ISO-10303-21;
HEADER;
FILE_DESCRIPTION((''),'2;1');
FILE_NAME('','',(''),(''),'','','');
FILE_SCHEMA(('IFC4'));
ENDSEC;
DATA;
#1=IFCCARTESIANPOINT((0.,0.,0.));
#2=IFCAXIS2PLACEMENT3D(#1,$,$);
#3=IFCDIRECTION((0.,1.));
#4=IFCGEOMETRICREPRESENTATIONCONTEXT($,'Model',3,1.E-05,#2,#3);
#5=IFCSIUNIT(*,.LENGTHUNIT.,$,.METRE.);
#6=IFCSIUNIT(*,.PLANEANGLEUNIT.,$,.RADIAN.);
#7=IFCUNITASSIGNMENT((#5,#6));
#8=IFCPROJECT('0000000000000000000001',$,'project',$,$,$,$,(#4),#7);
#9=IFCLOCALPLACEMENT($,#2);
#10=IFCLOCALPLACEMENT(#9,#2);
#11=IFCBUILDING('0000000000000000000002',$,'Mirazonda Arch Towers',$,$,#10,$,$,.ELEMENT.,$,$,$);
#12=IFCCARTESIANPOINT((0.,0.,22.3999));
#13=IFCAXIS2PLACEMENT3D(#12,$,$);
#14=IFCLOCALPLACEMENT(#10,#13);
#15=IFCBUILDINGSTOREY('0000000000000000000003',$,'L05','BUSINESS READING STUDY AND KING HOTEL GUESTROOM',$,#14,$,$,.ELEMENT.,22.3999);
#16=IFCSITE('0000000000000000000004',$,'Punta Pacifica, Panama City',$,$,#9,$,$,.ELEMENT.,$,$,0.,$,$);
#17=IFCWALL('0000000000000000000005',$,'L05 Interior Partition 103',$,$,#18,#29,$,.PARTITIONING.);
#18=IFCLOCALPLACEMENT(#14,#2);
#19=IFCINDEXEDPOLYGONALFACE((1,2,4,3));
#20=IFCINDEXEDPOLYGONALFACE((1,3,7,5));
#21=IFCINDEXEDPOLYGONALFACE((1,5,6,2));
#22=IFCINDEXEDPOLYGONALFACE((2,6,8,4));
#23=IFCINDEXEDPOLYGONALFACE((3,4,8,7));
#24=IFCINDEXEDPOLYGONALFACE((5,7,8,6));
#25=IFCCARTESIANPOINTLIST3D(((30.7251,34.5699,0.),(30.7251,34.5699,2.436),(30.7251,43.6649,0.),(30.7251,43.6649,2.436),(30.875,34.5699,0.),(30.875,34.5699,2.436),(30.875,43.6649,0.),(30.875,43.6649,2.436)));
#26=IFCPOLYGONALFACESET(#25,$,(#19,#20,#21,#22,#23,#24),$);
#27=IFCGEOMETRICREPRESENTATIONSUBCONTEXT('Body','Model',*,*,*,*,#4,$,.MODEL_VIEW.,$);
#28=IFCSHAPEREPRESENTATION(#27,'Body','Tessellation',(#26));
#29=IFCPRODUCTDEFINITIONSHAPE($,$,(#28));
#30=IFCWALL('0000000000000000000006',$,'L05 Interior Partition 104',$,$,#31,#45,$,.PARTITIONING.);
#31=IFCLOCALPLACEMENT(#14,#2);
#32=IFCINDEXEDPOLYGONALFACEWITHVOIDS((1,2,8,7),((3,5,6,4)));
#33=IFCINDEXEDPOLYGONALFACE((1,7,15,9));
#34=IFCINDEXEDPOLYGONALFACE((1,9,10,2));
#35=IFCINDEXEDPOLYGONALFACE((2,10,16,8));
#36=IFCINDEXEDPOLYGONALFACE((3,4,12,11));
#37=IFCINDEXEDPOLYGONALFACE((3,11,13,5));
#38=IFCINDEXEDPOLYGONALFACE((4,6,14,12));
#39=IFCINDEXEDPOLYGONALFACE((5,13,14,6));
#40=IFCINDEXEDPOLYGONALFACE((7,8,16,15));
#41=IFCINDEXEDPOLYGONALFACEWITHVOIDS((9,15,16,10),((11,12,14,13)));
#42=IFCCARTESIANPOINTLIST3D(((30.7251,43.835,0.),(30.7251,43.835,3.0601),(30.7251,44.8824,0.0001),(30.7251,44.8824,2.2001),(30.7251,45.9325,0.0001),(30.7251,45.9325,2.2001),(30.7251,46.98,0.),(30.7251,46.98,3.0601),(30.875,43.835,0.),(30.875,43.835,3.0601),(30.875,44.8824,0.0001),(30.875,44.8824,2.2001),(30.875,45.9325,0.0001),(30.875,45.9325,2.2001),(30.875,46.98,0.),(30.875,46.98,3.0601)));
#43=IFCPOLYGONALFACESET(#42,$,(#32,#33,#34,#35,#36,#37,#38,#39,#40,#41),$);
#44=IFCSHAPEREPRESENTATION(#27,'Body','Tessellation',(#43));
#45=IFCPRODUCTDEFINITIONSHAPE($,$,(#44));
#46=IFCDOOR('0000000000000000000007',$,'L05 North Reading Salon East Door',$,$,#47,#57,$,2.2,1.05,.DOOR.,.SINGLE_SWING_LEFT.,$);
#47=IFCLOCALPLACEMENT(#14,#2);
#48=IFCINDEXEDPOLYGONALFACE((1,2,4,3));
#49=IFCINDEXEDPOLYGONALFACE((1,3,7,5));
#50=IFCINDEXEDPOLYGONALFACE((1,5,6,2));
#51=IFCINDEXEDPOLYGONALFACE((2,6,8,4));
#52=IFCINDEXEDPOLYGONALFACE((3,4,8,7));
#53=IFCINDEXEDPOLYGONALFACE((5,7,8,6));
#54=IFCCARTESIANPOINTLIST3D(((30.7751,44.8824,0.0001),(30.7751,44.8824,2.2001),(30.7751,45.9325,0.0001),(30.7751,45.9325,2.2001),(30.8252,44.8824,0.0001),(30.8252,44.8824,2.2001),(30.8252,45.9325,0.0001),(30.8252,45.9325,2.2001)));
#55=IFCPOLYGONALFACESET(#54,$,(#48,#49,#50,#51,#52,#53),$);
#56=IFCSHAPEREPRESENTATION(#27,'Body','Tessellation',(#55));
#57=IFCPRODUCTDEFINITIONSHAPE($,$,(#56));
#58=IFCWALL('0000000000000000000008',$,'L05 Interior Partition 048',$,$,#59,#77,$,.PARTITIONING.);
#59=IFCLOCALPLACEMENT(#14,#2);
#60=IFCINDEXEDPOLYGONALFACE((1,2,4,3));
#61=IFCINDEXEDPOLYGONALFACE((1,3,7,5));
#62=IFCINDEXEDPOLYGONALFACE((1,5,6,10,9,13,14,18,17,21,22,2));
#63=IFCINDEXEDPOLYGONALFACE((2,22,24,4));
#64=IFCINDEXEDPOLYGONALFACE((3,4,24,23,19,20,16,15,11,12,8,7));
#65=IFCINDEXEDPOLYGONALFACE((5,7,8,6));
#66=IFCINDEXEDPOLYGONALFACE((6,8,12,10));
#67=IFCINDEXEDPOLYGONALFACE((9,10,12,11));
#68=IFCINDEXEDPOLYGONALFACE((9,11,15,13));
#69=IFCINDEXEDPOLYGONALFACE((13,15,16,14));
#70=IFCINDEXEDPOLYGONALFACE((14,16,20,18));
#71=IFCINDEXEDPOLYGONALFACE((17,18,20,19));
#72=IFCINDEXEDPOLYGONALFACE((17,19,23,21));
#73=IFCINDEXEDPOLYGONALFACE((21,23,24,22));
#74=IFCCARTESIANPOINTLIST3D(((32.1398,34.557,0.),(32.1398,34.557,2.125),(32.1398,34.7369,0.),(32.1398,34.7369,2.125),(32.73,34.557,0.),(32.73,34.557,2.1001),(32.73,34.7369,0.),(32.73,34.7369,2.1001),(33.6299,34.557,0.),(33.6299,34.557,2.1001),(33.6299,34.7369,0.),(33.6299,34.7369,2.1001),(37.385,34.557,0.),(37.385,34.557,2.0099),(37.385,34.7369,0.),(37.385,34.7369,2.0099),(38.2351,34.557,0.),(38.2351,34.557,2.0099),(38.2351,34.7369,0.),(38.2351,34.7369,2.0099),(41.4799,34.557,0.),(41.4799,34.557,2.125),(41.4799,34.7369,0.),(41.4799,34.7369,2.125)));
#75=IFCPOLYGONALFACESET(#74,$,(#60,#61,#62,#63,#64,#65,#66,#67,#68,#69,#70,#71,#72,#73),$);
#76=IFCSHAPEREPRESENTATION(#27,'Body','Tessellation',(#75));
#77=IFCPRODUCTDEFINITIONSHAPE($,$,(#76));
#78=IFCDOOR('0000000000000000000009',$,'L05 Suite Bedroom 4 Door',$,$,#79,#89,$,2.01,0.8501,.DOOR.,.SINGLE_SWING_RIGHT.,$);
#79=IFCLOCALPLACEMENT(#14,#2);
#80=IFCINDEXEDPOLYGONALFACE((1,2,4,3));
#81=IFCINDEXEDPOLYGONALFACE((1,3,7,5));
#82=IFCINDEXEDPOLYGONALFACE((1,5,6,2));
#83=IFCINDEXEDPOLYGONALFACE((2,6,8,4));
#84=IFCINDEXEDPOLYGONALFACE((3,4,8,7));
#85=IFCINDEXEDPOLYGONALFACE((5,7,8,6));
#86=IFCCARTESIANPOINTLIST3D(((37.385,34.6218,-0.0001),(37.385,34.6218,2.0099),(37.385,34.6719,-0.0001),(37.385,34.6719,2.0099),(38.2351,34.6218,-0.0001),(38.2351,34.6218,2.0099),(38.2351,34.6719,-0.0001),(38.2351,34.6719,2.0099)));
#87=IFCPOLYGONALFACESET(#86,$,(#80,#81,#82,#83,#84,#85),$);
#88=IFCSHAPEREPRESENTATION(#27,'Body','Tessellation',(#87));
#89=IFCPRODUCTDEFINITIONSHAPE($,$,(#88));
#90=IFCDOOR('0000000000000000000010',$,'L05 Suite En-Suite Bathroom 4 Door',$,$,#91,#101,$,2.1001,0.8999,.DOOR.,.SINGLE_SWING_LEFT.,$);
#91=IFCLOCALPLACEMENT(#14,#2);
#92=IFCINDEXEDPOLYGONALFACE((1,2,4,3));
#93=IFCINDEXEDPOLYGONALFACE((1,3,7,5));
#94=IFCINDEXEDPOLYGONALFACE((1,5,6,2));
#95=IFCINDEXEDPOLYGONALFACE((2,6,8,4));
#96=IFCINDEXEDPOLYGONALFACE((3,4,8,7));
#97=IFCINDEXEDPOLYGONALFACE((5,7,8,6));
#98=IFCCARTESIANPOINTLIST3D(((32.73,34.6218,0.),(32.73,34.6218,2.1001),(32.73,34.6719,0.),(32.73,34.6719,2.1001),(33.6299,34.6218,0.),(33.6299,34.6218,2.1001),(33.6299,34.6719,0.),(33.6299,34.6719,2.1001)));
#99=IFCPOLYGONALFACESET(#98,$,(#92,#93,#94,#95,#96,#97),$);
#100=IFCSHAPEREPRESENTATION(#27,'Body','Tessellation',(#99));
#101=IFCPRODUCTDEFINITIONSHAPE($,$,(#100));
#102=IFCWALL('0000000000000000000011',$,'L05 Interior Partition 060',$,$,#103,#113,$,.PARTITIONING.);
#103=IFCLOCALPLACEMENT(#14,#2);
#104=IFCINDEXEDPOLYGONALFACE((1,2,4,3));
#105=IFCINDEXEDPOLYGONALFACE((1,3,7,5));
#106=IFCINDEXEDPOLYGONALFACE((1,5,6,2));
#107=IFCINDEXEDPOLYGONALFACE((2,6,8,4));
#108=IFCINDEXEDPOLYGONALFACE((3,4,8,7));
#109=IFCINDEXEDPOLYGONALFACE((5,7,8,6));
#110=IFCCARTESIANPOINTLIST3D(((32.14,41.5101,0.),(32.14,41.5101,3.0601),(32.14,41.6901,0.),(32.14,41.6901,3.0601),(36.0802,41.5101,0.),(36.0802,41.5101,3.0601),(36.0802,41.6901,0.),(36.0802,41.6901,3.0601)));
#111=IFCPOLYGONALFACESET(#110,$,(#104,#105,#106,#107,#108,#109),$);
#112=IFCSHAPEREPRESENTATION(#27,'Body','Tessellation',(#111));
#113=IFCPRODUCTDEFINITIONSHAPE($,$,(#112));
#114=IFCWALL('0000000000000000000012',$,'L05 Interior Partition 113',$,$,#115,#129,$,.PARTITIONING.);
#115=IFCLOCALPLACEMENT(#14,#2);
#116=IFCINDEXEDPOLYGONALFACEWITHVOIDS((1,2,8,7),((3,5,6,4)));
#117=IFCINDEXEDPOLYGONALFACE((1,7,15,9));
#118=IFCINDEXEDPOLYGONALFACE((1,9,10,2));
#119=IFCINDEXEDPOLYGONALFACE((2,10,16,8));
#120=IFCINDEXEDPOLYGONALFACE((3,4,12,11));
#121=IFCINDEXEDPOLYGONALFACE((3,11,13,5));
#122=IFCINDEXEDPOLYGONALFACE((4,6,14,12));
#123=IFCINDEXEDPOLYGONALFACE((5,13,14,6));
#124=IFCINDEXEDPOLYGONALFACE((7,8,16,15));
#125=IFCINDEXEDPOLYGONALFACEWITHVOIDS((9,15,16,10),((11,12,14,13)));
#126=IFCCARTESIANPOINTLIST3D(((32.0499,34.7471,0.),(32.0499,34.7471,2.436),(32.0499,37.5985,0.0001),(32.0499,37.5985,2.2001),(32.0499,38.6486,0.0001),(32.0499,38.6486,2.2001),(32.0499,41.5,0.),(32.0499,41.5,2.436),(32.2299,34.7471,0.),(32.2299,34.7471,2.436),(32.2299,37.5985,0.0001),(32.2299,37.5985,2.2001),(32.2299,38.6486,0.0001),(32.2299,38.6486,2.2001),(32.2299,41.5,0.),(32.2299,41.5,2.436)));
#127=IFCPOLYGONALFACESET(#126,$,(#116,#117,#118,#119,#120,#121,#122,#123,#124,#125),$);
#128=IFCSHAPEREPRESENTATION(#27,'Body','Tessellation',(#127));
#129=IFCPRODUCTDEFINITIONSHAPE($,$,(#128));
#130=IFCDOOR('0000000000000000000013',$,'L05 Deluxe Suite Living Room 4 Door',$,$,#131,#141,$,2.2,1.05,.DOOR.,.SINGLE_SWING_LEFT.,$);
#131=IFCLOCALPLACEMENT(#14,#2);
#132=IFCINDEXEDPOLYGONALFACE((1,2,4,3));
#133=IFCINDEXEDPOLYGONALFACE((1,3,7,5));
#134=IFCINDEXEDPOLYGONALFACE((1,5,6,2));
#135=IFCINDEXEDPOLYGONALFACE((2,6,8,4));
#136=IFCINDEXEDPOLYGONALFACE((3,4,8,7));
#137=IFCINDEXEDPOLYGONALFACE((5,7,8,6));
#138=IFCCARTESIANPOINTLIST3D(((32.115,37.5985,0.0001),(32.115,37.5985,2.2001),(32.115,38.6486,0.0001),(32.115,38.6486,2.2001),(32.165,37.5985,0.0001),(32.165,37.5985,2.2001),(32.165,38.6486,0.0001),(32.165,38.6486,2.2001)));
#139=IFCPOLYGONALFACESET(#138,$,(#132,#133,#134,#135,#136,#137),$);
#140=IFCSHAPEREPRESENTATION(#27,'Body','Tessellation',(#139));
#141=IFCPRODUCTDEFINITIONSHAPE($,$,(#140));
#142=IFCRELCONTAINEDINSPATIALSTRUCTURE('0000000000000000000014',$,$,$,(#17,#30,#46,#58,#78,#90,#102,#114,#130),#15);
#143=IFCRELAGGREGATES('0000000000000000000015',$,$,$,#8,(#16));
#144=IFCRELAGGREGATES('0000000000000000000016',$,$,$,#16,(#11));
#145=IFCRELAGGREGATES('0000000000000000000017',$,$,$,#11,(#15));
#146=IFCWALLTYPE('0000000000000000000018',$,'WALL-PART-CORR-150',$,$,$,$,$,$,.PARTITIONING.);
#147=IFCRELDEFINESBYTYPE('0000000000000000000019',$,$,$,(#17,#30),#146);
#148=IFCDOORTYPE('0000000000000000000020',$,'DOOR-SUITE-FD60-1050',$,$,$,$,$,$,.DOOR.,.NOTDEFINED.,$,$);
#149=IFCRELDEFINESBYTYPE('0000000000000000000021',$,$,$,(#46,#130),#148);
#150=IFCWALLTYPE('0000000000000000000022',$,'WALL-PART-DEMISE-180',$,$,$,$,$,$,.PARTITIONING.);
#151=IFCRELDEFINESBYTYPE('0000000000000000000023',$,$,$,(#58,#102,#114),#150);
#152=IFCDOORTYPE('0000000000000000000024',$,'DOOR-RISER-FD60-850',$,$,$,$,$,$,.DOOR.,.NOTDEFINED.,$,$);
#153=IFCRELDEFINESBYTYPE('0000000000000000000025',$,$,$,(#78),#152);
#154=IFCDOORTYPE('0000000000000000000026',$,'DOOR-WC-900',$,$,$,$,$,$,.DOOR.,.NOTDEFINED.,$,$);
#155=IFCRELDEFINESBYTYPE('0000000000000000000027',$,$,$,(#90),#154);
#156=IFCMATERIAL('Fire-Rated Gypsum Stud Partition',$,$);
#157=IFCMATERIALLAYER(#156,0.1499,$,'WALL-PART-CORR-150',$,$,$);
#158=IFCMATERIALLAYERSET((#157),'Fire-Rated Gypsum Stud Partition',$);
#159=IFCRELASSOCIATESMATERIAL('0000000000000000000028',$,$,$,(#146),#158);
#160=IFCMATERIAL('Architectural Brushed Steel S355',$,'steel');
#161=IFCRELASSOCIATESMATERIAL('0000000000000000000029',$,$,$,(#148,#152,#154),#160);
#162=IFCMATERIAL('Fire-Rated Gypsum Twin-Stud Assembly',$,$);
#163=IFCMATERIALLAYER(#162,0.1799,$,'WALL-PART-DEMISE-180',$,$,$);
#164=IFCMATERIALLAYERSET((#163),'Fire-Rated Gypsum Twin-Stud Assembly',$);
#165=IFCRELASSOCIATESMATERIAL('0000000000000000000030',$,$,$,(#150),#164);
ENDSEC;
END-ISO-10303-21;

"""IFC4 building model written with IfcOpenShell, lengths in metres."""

from ifc_helpers import new_model, si_unit, direction, frame, frame_2d, origin, place, context, subcontext, project, spatial, rectangle, extrude, material, layer, layer_set, type_object, element, fill, save


model = new_model("IFC4")

# Units and contexts
model_context = context("Model", 3, precision=1e-05, world=origin(), true_north=direction((0.0, 1.0)))
body_context = subcontext(model_context, "Body", "Model", "MODEL_VIEW")
ifc_project = project(units=[si_unit("LENGTHUNIT", "METRE"), si_unit("PLANEANGLEUNIT", "RADIAN")], contexts=[model_context])

# Site, building, storey
site_placement = place(None, origin())
site = spatial("IfcSite", under=ifc_project, at=site_placement, Name="Punta Pacifica, Panama City", CompositionType="ELEMENT", RefElevation=0.0)
building_placement = place(site_placement, origin())
building = spatial("IfcBuilding", under=site, at=building_placement, Name="Mirazonda Arch Towers", CompositionType="ELEMENT")
storey_placement = place(building_placement, frame((0.0, 0.0, 22.3999)))
storey = spatial("IfcBuildingStorey", under=building, at=storey_placement, Name="L05", Description="BUSINESS READING STUDY AND KING HOTEL GUESTROOM", CompositionType="ELEMENT", Elevation=22.3999)

# Wall
ifc_material_1 = material(Name="Fire-Rated Gypsum Stud Partition")
ifc_layer_1 = layer(ifc_material_1, 0.1499, Name="WALL-PART-CORR-150")
ifc_layer_set_1 = layer_set([ifc_layer_1], Name="Fire-Rated Gypsum Stud Partition")
wall_type_1 = type_object("IfcWallType", Name="WALL-PART-CORR-150", PredefinedType="PARTITIONING", material=ifc_layer_set_1)
wall_1_placement = place(storey_placement, frame((30.8, 34.5701, 0.0), z_axis=(0.0, 0.0, 1.0), x_axis=(0.0, 1.0, 0.0)))
element("IfcWall", 1, at=wall_1_placement, inside=storey, type_object=wall_type_1, Name="L05 Interior Partition 103", PredefinedType="PARTITIONING", context=body_context, shape_type="SweptSolid", body=[
    extrude(rectangle(XDim=9.095, YDim=0.1499, at=frame_2d((4.5474, 0.0))), origin(), (0.0, 0.0, 1.0), 2.436),
])

# Wall, opening, door
wall_2_placement = place(storey_placement, frame((30.8, 43.835, 0.0), z_axis=(0.0, 0.0, 1.0), x_axis=(0.0, 1.0, 0.0)))
wall_2 = element("IfcWall", 2, at=wall_2_placement, inside=storey, type_object=wall_type_1, Name="L05 Interior Partition 104", PredefinedType="PARTITIONING", context=body_context, shape_type="SweptSolid", body=[
    extrude(rectangle(XDim=3.145, YDim=0.1499, at=frame_2d((1.5725, 0.0))), origin(), (0.0, 0.0, 1.0), 3.0601),
])
opening_1_placement = place(wall_2_placement, frame((1.0476, 0.0, 0.0)))
opening_1 = element("IfcOpeningElement", 3, at=opening_1_placement, cuts=wall_2, PredefinedType="OPENING", context=body_context, shape_type="SweptSolid", body=[
    extrude(rectangle(XDim=1.05, YDim=2.2, at=frame_2d((0.5249, 1.1001))), frame((0.0, 0.085, 0.0), z_axis=(0.0, -1.0, 0.0), x_axis=(1.0, 0.0, 0.0)), (0.0, 0.0, 1.0), 0.1699),
])
ifc_material_2 = material(Name="Architectural Brushed Steel S355", Category="steel")
door_type_1 = type_object("IfcDoorType", Name="DOOR-SUITE-FD60-1050", OperationType="NOTDEFINED", PredefinedType="DOOR", material=ifc_material_2)
door_1_placement = place(opening_1_placement, origin())
door_1 = element("IfcDoor", 4, at=door_1_placement, inside=storey, type_object=door_type_1, Name="L05 North Reading Salon East Door", OperationType="SINGLE_SWING_LEFT", OverallHeight=2.2, OverallWidth=1.05, PredefinedType="DOOR", context=body_context, shape_type="SweptSolid", body=[
    extrude(rectangle(XDim=1.05, YDim=2.2, at=frame_2d((0.5249, 1.1001))), frame((0.0, 0.0249, 0.0), z_axis=(0.0, -1.0, 0.0), x_axis=(1.0, 0.0, 0.0)), (0.0, 0.0, 1.0), 0.05),
])
fill(opening_1, door_1)

# Wall, openings, doors
ifc_material_3 = material(Name="Fire-Rated Gypsum Twin-Stud Assembly")
ifc_layer_2 = layer(ifc_material_3, 0.1799, Name="WALL-PART-DEMISE-180")
ifc_layer_set_2 = layer_set([ifc_layer_2], Name="Fire-Rated Gypsum Twin-Stud Assembly")
wall_type_2 = type_object("IfcWallType", Name="WALL-PART-DEMISE-180", PredefinedType="PARTITIONING", material=ifc_layer_set_2)
wall_3_placement = place(storey_placement, frame((32.1399, 34.647, 0.0), z_axis=(0.0, 0.0, 1.0), x_axis=(1.0, 0.0, 0.0)))
wall_3 = element("IfcWall", 5, at=wall_3_placement, inside=storey, type_object=wall_type_2, Name="L05 Interior Partition 048", PredefinedType="PARTITIONING", context=body_context, shape_type="SweptSolid", body=[
    extrude(rectangle(XDim=9.3401, YDim=0.1799, at=frame_2d((4.6699, 0.0))), origin(), (0.0, 0.0, 1.0), 2.125),
])
opening_2_placement = place(wall_3_placement, frame((5.2451, 0.0, 0.0)))
opening_2 = element("IfcOpeningElement", 6, at=opening_2_placement, cuts=wall_3, PredefinedType="OPENING", context=body_context, shape_type="SweptSolid", body=[
    extrude(rectangle(XDim=0.8501, YDim=2.01, at=frame_2d((0.425, 1.0049))), frame((0.0, 0.0999, 0.0), z_axis=(0.0, -1.0, 0.0), x_axis=(1.0, 0.0, 0.0)), (0.0, 0.0, 1.0), 0.2),
])
opening_3_placement = place(wall_3_placement, frame((0.5901, 0.0, 0.0)))
opening_3 = element("IfcOpeningElement", 7, at=opening_3_placement, cuts=wall_3, PredefinedType="OPENING", context=body_context, shape_type="SweptSolid", body=[
    extrude(rectangle(XDim=0.8999, YDim=2.1001, at=frame_2d((0.45, 1.05))), frame((0.0, 0.0999, 0.0), z_axis=(0.0, -1.0, 0.0), x_axis=(1.0, 0.0, 0.0)), (0.0, 0.0, 1.0), 0.2),
])
door_type_2 = type_object("IfcDoorType", Name="DOOR-RISER-FD60-850", OperationType="NOTDEFINED", PredefinedType="DOOR", material=ifc_material_2)
door_2_placement = place(opening_2_placement, origin())
door_2 = element("IfcDoor", 8, at=door_2_placement, inside=storey, type_object=door_type_2, Name="L05 Suite Bedroom 4 Door", OperationType="SINGLE_SWING_RIGHT", OverallHeight=2.01, OverallWidth=0.8501, PredefinedType="DOOR", context=body_context, shape_type="SweptSolid", body=[
    extrude(rectangle(XDim=0.8501, YDim=2.01, at=frame_2d((0.425, 1.0049))), frame((0.0, 0.0249, 0.0), z_axis=(0.0, -1.0, 0.0), x_axis=(1.0, 0.0, 0.0)), (0.0, 0.0, 1.0), 0.05),
])
fill(opening_2, door_2)
door_type_3 = type_object("IfcDoorType", Name="DOOR-WC-900", OperationType="NOTDEFINED", PredefinedType="DOOR", material=ifc_material_2)
door_3_placement = place(opening_3_placement, origin())
door_3 = element("IfcDoor", 9, at=door_3_placement, inside=storey, type_object=door_type_3, Name="L05 Suite En-Suite Bathroom 4 Door", OperationType="SINGLE_SWING_LEFT", OverallHeight=2.1001, OverallWidth=0.8999, PredefinedType="DOOR", context=body_context, shape_type="SweptSolid", body=[
    extrude(rectangle(XDim=0.8999, YDim=2.1001, at=frame_2d((0.45, 1.05))), frame((0.0, 0.0249, 0.0), z_axis=(0.0, -1.0, 0.0), x_axis=(1.0, 0.0, 0.0)), (0.0, 0.0, 1.0), 0.05),
])
fill(opening_3, door_3)

# Wall
wall_4_placement = place(storey_placement, frame((32.1399, 41.6001, 0.0), z_axis=(0.0, 0.0, 1.0), x_axis=(1.0, 0.0, 0.0)))
element("IfcWall", 10, at=wall_4_placement, inside=storey, type_object=wall_type_2, Name="L05 Interior Partition 060", PredefinedType="PARTITIONING", context=body_context, shape_type="SweptSolid", body=[
    extrude(rectangle(XDim=3.9402, YDim=0.1799, at=frame_2d((1.9702, 0.0))), origin(), (0.0, 0.0, 1.0), 3.0601),
])

# Wall, opening, door
wall_5_placement = place(storey_placement, frame((32.1399, 34.7471, 0.0), z_axis=(0.0, 0.0, 1.0), x_axis=(0.0, 1.0, 0.0)))
wall_5 = element("IfcWall", 11, at=wall_5_placement, inside=storey, type_object=wall_type_2, Name="L05 Interior Partition 113", PredefinedType="PARTITIONING", context=body_context, shape_type="SweptSolid", body=[
    extrude(rectangle(XDim=6.7529, YDim=0.1799, at=frame_2d((3.3765, 0.0))), origin(), (0.0, 0.0, 1.0), 2.436),
])
opening_4_placement = place(wall_5_placement, frame((2.8516, 0.0, 0.0)))
opening_4 = element("IfcOpeningElement", 12, at=opening_4_placement, cuts=wall_5, PredefinedType="OPENING", context=body_context, shape_type="SweptSolid", body=[
    extrude(rectangle(XDim=1.05, YDim=2.2, at=frame_2d((0.5249, 1.1001))), frame((0.0, 0.0999, 0.0), z_axis=(0.0, -1.0, 0.0), x_axis=(1.0, 0.0, 0.0)), (0.0, 0.0, 1.0), 0.2),
])
door_4_placement = place(opening_4_placement, origin())
door_4 = element("IfcDoor", 13, at=door_4_placement, inside=storey, type_object=door_type_1, Name="L05 Deluxe Suite Living Room 4 Door", OperationType="SINGLE_SWING_LEFT", OverallHeight=2.2, OverallWidth=1.05, PredefinedType="DOOR", context=body_context, shape_type="SweptSolid", body=[
    extrude(rectangle(XDim=1.05, YDim=2.2, at=frame_2d((0.5249, 1.1001))), frame((0.0, 0.0249, 0.0), z_axis=(0.0, -1.0, 0.0), x_axis=(1.0, 0.0, 0.0)), (0.0, 0.0, 1.0), 0.05),
])
fill(opening_4, door_4)

save(model, "model.ifc")
